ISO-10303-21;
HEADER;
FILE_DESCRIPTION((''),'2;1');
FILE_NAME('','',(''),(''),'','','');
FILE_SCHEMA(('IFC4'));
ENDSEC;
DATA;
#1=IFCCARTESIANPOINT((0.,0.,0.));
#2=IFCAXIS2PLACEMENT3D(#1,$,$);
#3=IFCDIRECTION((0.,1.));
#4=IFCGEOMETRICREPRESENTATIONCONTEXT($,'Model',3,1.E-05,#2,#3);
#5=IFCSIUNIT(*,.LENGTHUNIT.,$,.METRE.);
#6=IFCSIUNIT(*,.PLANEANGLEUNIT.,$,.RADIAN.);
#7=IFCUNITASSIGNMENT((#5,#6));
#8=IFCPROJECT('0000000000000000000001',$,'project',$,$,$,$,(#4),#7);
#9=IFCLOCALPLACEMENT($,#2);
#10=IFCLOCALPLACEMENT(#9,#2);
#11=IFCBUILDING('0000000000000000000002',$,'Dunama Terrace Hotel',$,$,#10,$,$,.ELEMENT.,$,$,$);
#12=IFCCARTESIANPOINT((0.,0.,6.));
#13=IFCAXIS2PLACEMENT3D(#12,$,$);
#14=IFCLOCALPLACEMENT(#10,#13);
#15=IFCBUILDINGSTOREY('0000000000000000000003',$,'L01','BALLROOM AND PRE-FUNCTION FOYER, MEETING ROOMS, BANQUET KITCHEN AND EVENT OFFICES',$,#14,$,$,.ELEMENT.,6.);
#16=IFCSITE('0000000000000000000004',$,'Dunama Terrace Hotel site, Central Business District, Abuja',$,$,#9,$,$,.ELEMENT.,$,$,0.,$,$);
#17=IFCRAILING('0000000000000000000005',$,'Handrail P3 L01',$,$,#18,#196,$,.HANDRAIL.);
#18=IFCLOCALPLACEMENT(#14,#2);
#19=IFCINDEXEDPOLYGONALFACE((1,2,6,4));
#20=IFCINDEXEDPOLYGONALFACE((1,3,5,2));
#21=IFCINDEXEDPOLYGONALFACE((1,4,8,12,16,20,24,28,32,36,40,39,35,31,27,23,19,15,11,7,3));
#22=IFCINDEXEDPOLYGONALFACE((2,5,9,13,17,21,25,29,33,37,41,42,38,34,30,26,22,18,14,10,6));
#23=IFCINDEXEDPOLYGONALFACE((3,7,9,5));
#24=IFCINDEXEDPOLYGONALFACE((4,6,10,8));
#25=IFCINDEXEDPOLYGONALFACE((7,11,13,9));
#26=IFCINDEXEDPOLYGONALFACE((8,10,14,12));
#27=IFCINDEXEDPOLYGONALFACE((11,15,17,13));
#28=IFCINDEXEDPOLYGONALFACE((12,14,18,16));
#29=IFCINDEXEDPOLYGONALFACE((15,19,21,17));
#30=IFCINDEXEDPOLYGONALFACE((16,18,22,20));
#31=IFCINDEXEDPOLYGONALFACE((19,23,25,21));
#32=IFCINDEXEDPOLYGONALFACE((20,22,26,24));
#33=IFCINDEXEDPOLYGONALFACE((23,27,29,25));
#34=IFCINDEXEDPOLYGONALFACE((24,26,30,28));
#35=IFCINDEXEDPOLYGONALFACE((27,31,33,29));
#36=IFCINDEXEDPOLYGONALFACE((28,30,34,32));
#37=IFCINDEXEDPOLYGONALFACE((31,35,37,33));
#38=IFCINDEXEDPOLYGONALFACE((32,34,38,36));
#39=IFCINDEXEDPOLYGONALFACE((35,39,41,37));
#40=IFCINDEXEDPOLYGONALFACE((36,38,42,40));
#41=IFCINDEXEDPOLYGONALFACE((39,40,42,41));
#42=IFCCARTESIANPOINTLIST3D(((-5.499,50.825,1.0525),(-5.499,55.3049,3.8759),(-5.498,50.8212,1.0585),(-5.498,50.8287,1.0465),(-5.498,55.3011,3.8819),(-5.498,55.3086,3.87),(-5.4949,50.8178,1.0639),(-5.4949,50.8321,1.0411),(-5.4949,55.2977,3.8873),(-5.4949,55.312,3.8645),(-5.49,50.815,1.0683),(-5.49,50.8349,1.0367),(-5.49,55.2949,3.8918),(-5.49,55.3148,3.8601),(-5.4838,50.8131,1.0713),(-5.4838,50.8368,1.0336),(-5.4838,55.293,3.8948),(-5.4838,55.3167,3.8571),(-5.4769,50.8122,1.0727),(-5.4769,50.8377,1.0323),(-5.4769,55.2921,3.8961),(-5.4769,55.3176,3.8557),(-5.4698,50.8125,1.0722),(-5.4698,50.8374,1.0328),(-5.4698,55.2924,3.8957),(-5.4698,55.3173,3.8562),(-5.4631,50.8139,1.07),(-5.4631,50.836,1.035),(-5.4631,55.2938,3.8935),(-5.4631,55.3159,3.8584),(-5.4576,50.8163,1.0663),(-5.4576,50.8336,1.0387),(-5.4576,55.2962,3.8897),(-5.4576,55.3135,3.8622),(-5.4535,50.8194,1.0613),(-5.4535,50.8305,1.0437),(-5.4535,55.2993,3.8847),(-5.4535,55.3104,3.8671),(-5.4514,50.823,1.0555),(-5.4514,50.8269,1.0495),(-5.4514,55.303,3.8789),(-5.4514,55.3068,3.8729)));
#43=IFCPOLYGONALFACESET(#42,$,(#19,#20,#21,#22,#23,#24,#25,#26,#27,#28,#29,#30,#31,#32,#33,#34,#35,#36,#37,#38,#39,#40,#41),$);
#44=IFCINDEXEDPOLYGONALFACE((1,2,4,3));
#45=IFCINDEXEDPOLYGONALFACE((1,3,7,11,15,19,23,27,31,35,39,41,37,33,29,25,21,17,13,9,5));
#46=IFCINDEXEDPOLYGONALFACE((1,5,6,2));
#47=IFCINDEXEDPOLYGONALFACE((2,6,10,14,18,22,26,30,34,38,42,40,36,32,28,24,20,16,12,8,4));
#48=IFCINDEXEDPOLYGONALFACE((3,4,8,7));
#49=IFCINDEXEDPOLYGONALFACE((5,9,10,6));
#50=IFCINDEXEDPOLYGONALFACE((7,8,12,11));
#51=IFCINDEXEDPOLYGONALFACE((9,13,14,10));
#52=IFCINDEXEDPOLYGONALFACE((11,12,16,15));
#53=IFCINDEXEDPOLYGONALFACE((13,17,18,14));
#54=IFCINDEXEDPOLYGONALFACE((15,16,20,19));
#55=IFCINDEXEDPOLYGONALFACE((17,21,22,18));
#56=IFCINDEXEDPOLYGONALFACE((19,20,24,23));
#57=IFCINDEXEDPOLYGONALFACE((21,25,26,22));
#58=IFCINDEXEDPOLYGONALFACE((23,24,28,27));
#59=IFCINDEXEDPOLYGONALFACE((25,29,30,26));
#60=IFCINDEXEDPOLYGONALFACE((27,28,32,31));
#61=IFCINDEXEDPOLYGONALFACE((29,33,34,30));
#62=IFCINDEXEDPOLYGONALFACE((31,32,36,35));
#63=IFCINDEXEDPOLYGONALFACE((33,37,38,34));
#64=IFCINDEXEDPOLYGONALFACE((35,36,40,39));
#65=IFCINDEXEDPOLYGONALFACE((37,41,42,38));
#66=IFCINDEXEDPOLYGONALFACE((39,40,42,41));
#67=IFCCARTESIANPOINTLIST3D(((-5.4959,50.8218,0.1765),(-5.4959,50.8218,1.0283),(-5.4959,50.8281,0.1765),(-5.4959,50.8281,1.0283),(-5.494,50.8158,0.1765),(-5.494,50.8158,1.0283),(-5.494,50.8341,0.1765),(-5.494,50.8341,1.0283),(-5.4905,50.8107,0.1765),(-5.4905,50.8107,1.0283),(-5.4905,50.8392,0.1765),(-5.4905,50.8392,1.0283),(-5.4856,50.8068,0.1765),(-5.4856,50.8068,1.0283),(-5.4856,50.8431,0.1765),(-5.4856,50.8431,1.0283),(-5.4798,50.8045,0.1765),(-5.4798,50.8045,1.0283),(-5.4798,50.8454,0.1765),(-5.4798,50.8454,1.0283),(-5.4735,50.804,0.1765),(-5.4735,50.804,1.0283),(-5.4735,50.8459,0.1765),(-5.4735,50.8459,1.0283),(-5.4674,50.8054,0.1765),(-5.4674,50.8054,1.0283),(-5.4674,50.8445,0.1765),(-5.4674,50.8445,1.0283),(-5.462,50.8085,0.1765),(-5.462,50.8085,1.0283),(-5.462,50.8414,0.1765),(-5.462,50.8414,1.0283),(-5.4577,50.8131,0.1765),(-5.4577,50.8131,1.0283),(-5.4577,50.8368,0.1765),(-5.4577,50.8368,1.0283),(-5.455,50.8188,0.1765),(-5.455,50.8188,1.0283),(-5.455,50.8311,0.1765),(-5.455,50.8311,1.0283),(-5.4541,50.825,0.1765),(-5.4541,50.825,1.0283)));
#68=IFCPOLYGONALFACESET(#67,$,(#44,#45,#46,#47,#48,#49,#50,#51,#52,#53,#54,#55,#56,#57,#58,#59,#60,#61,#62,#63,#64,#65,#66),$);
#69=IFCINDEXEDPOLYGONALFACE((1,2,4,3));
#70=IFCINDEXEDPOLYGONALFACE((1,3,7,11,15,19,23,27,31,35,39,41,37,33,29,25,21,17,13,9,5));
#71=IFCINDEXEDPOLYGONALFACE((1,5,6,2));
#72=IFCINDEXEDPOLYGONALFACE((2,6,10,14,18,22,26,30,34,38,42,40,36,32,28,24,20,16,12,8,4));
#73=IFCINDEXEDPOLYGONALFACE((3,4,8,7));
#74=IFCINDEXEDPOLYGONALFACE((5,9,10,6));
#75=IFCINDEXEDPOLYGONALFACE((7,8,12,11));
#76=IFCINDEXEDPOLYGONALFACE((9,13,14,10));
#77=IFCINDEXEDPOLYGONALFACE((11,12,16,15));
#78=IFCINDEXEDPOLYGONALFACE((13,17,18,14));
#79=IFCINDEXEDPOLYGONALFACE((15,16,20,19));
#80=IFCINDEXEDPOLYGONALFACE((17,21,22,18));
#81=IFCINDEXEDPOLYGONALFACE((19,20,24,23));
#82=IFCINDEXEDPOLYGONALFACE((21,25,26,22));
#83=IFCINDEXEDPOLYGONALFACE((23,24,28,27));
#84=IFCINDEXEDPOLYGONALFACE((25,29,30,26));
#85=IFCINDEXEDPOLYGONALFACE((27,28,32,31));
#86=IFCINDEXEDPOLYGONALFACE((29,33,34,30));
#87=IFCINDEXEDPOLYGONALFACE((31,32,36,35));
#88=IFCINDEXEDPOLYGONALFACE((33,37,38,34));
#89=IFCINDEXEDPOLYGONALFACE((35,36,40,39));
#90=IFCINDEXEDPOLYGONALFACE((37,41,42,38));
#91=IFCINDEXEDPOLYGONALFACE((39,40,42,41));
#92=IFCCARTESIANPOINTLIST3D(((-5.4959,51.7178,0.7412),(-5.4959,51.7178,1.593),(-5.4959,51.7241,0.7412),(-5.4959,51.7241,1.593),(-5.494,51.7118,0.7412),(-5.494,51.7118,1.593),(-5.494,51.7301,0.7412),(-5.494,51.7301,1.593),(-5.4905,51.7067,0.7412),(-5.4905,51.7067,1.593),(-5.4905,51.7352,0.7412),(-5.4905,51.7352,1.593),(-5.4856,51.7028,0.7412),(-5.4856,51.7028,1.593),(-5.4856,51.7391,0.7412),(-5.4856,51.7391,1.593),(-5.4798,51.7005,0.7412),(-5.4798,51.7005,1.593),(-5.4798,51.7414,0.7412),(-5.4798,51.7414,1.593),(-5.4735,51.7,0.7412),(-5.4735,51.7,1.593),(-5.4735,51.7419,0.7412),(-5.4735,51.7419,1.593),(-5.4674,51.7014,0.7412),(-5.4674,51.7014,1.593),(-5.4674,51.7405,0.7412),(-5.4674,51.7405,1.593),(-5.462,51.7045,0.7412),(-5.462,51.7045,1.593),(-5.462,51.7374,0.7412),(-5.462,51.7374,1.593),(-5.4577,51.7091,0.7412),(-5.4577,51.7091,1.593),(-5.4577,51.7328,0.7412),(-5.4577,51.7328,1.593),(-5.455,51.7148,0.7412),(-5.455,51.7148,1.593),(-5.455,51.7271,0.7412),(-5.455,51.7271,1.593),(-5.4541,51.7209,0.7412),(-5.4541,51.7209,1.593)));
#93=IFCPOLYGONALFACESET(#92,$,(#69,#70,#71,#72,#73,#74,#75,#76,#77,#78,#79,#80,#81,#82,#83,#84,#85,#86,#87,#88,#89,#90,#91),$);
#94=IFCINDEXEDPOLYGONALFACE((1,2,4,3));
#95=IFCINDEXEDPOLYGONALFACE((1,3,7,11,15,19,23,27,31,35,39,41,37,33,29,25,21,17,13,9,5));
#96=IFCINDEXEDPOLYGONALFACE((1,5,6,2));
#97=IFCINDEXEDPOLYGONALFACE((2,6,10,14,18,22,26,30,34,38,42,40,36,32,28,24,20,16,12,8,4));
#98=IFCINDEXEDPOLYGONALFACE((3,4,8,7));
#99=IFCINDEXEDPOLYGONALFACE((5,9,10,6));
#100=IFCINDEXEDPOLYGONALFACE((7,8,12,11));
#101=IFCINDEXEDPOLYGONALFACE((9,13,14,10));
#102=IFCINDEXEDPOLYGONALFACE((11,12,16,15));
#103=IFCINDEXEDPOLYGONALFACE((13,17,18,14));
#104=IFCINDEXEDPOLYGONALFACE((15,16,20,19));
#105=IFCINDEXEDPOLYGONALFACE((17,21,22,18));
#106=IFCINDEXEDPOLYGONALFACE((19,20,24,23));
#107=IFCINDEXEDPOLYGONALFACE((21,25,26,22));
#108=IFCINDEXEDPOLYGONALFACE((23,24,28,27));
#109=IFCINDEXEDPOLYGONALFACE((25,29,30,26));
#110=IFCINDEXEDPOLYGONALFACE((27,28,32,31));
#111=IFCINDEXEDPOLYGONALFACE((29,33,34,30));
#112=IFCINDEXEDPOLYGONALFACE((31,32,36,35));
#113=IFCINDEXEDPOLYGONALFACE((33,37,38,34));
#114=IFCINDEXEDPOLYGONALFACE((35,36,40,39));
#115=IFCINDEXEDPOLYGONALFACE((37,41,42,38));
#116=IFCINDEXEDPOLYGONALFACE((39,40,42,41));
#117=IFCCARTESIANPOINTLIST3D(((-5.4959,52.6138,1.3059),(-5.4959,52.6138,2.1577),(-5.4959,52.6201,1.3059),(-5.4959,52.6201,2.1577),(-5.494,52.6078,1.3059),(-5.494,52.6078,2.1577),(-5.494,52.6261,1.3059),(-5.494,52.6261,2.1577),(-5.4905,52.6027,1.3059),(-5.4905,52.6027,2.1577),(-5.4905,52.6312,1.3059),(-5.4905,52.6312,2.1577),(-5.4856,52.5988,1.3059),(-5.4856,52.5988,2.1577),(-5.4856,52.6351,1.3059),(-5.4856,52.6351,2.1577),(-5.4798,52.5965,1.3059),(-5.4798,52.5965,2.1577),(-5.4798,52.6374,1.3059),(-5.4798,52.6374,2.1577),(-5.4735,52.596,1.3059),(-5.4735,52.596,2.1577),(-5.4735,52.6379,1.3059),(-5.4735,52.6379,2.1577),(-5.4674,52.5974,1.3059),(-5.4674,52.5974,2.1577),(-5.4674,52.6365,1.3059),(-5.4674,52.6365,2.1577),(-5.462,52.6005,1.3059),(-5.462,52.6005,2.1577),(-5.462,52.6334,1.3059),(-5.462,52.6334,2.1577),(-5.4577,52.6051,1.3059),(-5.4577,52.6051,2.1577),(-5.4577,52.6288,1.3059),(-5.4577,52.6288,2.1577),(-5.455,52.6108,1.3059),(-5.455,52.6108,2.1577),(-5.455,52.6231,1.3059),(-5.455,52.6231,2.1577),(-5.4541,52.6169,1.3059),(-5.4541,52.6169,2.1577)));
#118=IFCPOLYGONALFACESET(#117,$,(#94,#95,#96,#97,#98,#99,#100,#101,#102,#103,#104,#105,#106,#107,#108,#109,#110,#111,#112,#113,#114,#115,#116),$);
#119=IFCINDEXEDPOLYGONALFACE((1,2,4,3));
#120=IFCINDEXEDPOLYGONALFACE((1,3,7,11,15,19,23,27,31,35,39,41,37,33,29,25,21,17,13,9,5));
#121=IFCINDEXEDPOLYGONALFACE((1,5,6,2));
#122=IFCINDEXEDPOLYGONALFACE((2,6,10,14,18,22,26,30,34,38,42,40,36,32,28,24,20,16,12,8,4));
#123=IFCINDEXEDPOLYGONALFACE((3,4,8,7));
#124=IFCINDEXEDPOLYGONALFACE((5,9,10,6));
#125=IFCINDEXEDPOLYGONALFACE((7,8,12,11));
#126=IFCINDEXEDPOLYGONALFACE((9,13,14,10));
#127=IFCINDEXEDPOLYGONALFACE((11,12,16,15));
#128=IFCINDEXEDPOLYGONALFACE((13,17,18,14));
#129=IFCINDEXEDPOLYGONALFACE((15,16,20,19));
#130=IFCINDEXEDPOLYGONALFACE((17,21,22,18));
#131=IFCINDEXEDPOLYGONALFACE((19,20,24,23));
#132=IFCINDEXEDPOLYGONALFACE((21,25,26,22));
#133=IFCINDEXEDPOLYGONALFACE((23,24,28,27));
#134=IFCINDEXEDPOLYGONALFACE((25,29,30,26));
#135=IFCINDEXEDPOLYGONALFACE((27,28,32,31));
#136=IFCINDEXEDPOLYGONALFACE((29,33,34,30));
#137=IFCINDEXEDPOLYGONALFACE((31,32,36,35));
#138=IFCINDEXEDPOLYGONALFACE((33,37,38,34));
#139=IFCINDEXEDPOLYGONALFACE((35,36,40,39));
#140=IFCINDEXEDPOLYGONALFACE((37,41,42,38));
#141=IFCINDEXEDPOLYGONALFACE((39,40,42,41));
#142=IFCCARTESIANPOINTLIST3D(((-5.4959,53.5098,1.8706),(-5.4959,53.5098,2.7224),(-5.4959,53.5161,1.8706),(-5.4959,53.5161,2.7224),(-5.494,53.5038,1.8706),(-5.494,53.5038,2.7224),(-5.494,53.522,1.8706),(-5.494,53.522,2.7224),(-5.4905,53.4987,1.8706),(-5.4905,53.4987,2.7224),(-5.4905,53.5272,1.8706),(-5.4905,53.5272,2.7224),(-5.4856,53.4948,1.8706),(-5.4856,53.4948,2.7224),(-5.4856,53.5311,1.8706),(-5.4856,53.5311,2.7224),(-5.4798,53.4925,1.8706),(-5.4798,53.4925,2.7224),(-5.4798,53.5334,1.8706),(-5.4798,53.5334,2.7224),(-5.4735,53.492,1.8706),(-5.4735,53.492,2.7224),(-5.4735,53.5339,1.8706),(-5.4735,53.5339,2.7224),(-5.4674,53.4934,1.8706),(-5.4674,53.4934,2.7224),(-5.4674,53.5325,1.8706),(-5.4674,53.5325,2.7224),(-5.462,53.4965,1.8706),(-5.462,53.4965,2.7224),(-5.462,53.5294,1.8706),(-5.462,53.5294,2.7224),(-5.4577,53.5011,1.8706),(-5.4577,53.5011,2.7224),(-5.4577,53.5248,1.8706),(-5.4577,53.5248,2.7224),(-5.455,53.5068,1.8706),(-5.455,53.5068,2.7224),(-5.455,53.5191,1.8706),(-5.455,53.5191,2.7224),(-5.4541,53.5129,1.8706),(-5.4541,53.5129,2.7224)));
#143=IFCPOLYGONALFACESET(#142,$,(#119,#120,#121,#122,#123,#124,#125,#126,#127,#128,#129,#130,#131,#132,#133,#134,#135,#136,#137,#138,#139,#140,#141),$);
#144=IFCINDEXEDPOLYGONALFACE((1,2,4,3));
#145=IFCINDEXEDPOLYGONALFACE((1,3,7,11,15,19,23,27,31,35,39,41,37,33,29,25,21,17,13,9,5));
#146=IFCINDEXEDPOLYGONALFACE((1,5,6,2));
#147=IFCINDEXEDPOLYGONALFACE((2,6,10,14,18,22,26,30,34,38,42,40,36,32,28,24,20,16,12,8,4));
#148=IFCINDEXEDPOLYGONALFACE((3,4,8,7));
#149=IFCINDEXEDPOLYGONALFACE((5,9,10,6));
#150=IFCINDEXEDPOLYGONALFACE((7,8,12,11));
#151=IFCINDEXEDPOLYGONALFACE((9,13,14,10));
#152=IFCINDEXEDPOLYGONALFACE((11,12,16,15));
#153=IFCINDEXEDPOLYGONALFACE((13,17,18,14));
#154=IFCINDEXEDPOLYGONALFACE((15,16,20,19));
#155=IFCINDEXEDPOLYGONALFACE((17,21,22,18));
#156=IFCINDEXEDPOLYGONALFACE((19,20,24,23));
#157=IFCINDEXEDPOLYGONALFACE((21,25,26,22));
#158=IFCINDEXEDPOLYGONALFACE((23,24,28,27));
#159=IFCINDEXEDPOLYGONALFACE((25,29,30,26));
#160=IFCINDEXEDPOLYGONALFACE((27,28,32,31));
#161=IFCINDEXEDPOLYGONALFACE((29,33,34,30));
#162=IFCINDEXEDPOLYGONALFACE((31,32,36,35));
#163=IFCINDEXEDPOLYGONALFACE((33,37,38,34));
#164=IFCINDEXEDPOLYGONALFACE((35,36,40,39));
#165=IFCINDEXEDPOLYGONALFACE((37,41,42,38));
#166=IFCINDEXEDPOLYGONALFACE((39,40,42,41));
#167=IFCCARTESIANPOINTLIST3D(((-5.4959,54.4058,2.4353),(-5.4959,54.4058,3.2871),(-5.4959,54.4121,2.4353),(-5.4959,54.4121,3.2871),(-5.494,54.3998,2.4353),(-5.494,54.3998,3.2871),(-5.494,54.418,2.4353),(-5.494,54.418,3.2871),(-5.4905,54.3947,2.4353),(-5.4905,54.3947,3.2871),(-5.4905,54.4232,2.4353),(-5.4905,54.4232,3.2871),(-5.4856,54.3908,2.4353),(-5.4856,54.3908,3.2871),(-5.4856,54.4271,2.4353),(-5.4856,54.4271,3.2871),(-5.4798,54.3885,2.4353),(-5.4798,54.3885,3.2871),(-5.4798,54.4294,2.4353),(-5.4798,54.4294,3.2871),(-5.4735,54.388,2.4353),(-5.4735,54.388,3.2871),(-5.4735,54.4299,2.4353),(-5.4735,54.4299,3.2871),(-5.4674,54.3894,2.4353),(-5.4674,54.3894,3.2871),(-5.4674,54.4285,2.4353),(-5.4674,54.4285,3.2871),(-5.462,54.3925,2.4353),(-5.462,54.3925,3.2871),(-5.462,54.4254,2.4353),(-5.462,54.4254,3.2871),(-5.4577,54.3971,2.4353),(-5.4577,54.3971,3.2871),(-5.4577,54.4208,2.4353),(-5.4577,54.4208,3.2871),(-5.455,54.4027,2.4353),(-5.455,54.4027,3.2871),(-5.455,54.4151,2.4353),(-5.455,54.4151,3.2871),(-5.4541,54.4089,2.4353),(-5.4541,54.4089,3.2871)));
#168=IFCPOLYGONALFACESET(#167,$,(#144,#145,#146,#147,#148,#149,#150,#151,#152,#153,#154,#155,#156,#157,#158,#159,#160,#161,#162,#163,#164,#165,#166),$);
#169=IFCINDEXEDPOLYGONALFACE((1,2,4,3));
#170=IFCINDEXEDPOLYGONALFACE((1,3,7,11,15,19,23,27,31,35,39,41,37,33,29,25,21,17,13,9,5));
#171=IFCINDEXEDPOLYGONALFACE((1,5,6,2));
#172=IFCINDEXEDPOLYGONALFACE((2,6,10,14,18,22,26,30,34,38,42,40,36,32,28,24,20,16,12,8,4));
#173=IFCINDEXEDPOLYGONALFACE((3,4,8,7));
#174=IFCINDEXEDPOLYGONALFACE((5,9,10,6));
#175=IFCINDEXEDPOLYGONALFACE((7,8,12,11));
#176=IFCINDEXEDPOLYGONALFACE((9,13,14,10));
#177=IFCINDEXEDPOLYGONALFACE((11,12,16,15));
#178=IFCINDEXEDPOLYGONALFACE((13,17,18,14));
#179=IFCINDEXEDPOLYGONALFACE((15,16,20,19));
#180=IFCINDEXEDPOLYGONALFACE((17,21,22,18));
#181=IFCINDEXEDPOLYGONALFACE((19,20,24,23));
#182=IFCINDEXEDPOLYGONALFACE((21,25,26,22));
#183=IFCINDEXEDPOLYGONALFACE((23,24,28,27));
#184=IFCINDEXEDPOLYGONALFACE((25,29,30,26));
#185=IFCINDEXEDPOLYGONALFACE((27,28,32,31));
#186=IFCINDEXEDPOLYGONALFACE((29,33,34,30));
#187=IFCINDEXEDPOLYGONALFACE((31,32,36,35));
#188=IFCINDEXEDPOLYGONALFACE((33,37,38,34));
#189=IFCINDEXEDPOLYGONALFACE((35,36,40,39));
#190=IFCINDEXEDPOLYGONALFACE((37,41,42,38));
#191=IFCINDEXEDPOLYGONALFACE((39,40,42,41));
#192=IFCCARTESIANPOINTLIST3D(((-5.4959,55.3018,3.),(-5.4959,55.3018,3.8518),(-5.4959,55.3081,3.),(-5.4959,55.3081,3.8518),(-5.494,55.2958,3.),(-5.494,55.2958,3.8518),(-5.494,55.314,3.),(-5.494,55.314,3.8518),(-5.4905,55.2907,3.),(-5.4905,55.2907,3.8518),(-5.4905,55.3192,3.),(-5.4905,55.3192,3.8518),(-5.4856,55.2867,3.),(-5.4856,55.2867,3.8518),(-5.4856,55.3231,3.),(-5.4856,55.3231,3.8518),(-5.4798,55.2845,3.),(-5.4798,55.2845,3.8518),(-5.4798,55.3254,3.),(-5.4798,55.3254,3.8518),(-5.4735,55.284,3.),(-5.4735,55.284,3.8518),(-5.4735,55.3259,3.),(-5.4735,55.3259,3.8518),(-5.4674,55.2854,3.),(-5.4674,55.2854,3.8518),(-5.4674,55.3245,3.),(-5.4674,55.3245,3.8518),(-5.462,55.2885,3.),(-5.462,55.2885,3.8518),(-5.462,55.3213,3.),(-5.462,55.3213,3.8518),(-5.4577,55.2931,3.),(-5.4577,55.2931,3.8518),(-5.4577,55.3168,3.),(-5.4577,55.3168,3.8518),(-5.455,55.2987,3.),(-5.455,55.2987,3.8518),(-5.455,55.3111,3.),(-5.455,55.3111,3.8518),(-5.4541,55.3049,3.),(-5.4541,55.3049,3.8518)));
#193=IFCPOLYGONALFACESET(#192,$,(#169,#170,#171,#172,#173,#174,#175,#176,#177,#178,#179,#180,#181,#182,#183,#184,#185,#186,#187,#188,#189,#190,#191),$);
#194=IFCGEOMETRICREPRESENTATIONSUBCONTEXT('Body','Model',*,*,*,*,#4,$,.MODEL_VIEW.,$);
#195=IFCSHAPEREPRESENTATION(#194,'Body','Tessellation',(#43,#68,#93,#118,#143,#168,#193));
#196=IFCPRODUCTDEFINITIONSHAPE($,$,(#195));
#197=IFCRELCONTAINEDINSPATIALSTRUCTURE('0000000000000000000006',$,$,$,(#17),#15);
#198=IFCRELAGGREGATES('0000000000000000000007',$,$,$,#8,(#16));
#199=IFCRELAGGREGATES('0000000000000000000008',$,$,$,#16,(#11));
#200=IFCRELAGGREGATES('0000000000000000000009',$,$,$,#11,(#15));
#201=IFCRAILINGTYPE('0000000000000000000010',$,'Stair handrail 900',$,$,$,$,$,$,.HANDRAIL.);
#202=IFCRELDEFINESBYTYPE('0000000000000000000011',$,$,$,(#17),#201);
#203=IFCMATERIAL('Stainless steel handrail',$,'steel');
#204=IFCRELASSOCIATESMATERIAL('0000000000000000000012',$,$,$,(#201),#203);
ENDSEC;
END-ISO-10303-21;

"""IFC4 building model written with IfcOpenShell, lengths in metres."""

from ifc_helpers import new_model, si_unit, direction, frame, origin, origin_2d, place, context, subcontext, project, spatial, circle, extrude, material, type_object, element, save


model = new_model("IFC4")

# Units and contexts
model_context = context("Model", 3, precision=1e-05, world=origin(), true_north=direction((0.0, 1.0)))
body_context = subcontext(model_context, "Body", "Model", "MODEL_VIEW")
ifc_project = project(units=[si_unit("LENGTHUNIT", "METRE"), si_unit("PLANEANGLEUNIT", "RADIAN")], contexts=[model_context])

# Site, building, storey
site_placement = place(None, origin())
site = spatial("IfcSite", under=ifc_project, at=site_placement, Name="Dunama Terrace Hotel site, Central Business District, Abuja", CompositionType="ELEMENT", RefElevation=0.0)
building_placement = place(site_placement, origin())
building = spatial("IfcBuilding", under=site, at=building_placement, Name="Dunama Terrace Hotel", CompositionType="ELEMENT")
storey_placement = place(building_placement, frame((0.0, 0.0, 6.0)))
storey = spatial("IfcBuildingStorey", under=building, at=storey_placement, Name="L01", Description="BALLROOM AND PRE-FUNCTION FOYER, MEETING ROOMS, BANQUET KITCHEN AND EVENT OFFICES", CompositionType="ELEMENT", Elevation=6.0)

# Railing
ifc_material_1 = material(Name="Stainless steel handrail", Category="steel")
railing_type = type_object("IfcRailingType", Name="Stair handrail 900", PredefinedType="HANDRAIL", material=ifc_material_1)
railing_1_placement = place(storey_placement, frame((-5.4751, 50.825, 0.1765)))
element("IfcRailing", 1, at=railing_1_placement, inside=storey, type_object=railing_type, Name="Handrail P3 L01", PredefinedType="HANDRAIL", context=body_context, shape_type="SweptSolid", body=[
    extrude(circle(Radius=0.0239, at=origin_2d()), frame((0.0, 0.0, 0.876), z_axis=(0.0, 0.845998, 0.533186), x_axis=(-1.0, 0.0, 0.0)), (0.0, 0.0, 1.0), 5.2954),
    extrude(circle(Radius=0.021, at=origin_2d()), origin(), (0.0, 0.0, 1.0), 0.8518),
    extrude(circle(Radius=0.021, at=origin_2d()), frame((0.0, 0.896, 0.5647)), (0.0, 0.0, 1.0), 0.8518),
    extrude(circle(Radius=0.021, at=origin_2d()), frame((0.0, 1.792, 1.1294)), (0.0, 0.0, 1.0), 0.8518),
    extrude(circle(Radius=0.021, at=origin_2d()), frame((0.0, 2.688, 1.6941)), (0.0, 0.0, 1.0), 0.8518),
    extrude(circle(Radius=0.021, at=origin_2d()), frame((0.0, 3.584, 2.2588)), (0.0, 0.0, 1.0), 0.8518),
    extrude(circle(Radius=0.021, at=origin_2d()), frame((0.0, 4.48, 2.8235)), (0.0, 0.0, 1.0), 0.8518),
])

save(model, "model.ifc")
